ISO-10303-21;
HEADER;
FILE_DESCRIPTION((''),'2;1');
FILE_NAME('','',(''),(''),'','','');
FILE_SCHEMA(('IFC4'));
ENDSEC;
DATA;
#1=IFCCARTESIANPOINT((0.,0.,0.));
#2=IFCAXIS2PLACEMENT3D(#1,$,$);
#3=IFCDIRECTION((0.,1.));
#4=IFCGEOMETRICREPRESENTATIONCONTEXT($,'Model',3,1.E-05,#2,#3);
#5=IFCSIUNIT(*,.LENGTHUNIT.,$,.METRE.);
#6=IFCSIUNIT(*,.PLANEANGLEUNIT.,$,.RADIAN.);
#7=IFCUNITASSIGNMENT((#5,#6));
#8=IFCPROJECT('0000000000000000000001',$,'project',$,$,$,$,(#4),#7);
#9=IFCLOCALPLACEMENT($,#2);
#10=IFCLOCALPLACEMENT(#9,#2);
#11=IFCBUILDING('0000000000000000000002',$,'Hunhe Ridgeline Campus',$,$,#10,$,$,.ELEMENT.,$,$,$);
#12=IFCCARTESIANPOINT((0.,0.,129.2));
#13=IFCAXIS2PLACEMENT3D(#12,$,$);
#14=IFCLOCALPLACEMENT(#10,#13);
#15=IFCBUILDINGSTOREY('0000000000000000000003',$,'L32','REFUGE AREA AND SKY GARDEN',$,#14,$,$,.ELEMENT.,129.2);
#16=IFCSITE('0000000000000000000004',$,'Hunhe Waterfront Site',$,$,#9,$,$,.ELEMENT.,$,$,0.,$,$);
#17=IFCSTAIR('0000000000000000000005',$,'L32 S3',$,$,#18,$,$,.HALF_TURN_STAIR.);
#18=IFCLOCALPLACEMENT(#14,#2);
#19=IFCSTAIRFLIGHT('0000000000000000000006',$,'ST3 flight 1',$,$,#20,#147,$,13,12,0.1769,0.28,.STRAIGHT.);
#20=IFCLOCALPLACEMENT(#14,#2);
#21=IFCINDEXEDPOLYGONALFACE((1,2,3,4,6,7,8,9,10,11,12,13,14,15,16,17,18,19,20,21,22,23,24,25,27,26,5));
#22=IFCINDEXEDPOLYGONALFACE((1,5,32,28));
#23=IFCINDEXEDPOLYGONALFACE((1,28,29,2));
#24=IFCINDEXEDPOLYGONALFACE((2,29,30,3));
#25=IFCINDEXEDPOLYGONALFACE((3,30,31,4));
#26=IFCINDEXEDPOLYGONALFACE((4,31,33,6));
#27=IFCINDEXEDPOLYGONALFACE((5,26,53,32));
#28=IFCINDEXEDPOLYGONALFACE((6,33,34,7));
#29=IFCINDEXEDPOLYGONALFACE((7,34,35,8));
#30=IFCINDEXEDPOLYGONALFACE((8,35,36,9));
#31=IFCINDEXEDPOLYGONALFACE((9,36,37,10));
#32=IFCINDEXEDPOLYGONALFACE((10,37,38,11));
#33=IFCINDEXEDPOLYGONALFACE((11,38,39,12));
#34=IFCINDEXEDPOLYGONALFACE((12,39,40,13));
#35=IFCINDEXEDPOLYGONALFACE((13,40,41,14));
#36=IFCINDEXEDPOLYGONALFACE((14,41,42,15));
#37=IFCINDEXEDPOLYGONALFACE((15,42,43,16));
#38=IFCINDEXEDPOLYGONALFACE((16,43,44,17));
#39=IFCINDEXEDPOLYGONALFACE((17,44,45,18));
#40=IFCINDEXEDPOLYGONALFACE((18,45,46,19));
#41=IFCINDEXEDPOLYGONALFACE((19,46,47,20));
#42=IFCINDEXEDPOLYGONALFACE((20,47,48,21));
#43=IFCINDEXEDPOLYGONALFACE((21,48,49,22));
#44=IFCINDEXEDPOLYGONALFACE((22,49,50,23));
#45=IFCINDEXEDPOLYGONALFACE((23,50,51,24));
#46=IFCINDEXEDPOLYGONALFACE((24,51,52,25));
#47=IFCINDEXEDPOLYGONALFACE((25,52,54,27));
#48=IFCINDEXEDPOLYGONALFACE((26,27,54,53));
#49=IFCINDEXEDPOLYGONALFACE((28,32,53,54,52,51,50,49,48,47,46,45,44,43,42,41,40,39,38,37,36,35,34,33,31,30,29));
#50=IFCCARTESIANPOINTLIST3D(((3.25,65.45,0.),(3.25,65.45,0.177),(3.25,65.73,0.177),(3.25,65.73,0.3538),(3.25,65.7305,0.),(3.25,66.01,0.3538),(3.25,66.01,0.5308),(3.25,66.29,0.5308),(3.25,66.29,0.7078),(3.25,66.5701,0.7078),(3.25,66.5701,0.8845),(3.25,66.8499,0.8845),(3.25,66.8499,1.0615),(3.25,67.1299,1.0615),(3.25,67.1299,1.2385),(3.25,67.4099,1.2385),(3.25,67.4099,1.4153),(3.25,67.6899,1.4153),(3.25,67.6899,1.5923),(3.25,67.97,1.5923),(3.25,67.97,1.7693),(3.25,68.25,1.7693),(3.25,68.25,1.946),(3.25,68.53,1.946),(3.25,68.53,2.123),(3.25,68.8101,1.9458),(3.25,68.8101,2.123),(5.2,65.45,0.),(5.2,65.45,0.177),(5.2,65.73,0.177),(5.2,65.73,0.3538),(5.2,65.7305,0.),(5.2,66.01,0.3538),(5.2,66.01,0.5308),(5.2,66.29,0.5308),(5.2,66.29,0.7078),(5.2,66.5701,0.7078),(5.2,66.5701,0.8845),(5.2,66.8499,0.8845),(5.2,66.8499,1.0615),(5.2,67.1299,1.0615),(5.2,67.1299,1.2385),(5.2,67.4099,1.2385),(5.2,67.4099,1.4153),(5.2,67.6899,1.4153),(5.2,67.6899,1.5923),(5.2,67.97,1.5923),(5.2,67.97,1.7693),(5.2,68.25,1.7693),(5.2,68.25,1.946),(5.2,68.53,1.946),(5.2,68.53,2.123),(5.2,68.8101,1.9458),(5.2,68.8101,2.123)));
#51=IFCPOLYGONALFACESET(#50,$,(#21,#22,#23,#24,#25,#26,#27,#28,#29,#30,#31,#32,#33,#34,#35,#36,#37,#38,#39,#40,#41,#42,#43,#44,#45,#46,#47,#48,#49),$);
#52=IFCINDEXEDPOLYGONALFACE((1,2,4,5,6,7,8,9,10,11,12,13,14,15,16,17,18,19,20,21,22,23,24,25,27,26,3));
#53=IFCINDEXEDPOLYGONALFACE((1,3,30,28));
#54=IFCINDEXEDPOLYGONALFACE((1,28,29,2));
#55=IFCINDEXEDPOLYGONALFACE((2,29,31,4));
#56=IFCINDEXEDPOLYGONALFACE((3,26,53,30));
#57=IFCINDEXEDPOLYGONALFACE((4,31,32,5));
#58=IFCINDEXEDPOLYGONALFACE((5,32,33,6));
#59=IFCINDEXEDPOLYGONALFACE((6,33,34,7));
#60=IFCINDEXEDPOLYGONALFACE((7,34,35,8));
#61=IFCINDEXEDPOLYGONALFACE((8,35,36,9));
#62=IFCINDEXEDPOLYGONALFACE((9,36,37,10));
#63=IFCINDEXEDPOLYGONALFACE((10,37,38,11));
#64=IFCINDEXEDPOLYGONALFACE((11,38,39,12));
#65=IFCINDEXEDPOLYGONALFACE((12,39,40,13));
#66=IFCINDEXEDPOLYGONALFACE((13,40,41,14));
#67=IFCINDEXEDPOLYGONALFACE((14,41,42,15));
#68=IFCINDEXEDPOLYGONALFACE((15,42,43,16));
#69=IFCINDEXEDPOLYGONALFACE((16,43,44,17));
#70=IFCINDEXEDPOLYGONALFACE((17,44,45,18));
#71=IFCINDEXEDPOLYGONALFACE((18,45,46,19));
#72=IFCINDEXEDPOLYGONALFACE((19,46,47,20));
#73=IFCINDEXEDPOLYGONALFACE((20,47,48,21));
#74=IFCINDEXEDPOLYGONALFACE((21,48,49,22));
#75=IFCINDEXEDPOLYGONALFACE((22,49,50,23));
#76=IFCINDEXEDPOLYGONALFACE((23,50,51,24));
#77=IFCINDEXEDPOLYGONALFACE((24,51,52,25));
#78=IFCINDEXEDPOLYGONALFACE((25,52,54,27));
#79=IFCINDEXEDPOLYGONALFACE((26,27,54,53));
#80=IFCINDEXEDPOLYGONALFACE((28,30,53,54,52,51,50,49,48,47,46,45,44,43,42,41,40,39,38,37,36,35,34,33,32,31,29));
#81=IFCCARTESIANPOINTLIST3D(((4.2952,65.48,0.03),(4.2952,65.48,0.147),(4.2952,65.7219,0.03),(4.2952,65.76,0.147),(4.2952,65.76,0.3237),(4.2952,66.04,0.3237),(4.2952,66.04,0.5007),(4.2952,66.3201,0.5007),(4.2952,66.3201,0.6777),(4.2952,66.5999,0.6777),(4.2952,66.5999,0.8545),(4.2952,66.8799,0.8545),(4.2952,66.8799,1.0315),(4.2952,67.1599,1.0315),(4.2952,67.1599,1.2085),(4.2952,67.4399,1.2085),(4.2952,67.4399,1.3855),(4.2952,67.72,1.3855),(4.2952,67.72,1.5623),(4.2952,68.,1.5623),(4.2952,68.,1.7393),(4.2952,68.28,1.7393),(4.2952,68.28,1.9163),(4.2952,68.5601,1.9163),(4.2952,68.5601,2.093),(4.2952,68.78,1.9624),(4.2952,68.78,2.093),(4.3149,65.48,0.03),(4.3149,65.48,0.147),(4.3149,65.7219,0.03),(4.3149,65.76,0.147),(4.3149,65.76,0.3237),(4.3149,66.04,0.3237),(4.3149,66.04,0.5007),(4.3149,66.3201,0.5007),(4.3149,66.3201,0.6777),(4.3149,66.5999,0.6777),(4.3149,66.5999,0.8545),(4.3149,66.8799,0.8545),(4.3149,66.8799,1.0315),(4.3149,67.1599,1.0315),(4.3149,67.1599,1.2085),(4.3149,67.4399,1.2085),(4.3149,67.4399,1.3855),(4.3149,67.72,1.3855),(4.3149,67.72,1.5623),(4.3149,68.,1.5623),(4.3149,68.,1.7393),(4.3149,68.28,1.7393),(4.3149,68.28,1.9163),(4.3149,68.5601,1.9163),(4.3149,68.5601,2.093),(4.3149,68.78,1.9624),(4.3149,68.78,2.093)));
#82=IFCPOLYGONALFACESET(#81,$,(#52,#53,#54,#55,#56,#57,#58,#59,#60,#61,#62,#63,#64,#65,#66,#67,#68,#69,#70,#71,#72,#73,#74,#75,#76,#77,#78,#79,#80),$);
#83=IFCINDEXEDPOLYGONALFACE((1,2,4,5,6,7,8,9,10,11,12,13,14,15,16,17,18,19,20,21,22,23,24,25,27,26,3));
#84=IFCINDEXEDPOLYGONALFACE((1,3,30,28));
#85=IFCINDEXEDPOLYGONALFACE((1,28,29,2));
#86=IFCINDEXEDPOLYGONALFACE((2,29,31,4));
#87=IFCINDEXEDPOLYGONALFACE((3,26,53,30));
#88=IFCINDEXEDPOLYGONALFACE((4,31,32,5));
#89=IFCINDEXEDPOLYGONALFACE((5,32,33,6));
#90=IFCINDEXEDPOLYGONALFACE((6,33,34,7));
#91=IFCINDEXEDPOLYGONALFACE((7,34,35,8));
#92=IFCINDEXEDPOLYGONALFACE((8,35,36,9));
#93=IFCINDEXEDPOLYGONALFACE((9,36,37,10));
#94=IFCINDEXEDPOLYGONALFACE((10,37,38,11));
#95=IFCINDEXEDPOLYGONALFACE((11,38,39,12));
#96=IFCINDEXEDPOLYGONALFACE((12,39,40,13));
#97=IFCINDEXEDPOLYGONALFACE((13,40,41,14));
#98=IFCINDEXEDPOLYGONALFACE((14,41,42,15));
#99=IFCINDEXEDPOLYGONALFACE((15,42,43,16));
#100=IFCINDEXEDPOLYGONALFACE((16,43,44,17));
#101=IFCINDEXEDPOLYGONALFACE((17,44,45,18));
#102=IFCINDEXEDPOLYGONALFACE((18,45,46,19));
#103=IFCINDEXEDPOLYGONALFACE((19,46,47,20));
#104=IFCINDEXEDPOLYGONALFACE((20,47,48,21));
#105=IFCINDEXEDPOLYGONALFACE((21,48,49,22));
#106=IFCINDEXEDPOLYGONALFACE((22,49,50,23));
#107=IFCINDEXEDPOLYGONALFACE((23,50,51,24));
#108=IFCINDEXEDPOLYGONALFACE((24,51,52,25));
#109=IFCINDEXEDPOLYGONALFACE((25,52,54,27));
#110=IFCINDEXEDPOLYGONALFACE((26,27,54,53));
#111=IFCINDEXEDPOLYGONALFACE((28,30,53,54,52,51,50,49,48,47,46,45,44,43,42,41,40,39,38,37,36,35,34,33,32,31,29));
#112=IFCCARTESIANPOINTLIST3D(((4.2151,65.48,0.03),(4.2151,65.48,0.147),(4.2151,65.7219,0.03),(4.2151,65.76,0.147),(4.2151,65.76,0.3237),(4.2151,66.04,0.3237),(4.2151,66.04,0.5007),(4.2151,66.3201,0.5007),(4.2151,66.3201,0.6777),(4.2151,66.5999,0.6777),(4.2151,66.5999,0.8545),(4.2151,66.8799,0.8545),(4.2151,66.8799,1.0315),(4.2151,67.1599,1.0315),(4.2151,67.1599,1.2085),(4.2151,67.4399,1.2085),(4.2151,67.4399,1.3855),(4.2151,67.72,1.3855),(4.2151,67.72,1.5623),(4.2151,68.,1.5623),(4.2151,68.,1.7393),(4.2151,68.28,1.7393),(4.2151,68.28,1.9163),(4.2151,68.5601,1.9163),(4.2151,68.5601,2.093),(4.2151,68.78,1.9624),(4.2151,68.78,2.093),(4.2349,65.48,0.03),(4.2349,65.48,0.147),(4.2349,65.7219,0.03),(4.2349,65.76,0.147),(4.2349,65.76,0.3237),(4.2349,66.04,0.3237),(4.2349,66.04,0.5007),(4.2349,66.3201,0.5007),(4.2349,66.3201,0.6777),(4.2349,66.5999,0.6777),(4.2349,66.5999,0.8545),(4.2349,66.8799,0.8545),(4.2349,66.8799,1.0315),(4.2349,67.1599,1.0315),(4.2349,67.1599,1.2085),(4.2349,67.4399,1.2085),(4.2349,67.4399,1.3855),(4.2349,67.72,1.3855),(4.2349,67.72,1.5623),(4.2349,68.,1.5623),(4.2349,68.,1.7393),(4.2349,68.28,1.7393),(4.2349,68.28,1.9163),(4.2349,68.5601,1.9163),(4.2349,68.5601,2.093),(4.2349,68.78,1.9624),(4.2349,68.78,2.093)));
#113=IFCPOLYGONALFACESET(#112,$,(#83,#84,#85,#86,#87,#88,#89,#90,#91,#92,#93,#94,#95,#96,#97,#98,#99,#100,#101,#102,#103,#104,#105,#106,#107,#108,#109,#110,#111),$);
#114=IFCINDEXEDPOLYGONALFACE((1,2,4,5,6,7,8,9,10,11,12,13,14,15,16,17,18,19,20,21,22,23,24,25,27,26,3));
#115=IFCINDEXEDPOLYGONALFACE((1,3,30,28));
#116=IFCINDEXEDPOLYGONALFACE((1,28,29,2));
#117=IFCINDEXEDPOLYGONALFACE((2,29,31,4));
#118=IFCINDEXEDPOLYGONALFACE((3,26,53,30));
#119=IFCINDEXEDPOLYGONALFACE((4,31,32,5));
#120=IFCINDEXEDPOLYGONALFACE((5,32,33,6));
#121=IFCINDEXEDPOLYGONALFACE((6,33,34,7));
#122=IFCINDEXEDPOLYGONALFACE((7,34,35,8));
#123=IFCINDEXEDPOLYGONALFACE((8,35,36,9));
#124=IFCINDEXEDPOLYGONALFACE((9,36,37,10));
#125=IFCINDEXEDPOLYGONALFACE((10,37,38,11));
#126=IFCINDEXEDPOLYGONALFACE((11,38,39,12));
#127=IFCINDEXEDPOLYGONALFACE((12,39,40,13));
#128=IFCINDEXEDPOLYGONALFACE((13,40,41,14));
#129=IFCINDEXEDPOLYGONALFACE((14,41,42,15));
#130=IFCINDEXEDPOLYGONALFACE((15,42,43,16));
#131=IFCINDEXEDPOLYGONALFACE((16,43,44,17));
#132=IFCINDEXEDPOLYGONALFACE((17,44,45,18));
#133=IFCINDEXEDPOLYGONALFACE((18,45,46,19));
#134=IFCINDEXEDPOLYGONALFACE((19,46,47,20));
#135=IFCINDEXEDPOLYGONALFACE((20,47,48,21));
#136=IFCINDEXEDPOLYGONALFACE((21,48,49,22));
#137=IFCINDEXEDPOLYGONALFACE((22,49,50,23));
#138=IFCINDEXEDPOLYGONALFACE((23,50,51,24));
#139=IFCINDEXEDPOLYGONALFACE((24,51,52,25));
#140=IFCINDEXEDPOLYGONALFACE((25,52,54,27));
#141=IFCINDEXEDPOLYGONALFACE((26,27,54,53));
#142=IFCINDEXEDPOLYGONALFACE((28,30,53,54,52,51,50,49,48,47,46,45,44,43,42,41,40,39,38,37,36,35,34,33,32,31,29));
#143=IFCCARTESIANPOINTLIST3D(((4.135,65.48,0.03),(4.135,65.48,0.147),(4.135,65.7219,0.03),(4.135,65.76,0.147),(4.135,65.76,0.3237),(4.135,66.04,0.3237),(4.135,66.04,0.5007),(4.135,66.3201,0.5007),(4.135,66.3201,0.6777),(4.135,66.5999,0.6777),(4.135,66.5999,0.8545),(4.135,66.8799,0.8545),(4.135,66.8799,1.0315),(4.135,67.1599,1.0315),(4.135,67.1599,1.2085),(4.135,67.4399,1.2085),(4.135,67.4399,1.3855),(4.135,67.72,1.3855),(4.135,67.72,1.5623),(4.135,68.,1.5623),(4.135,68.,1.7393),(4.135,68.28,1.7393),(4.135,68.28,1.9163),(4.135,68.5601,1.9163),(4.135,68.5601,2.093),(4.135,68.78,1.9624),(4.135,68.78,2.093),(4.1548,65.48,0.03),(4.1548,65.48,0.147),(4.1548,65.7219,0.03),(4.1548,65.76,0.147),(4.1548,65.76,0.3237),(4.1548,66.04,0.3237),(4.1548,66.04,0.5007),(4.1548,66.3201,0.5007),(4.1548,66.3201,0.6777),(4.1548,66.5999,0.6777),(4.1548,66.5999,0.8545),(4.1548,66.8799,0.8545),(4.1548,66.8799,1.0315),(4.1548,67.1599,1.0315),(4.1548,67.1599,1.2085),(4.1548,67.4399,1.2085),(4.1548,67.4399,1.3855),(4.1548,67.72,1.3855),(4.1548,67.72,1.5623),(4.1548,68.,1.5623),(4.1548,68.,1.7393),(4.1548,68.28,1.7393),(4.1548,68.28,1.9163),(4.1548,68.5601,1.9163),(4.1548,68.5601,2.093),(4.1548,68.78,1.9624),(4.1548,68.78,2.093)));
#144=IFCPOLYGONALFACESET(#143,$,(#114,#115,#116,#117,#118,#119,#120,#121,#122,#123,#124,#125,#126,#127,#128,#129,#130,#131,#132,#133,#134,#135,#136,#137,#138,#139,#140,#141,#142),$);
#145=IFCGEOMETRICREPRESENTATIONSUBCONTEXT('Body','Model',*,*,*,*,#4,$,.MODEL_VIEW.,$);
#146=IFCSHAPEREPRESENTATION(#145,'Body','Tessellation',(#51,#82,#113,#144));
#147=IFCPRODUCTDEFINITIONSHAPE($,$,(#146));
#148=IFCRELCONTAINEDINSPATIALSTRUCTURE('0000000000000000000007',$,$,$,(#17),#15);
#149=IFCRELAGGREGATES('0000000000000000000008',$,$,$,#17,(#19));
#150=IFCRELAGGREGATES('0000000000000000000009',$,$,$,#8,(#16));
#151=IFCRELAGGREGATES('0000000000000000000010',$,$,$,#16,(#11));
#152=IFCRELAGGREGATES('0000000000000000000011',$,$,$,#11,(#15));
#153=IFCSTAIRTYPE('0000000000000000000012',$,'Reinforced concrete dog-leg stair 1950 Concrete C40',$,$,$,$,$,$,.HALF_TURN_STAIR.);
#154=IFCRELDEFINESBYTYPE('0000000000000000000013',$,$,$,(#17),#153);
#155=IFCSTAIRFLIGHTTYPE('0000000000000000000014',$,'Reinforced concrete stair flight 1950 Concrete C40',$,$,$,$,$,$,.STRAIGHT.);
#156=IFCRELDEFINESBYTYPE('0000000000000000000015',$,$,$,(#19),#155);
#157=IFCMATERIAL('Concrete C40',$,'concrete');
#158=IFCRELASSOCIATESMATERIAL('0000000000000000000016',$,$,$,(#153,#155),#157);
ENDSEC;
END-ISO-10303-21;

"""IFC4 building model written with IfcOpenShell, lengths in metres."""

from ifc_helpers import new_model, si_unit, direction, frame, origin, place, context, subcontext, project, spatial, polyline, outline, extrude, material, type_object, element, aggregate, save


model = new_model("IFC4")

# Units and contexts
model_context = context("Model", 3, precision=1e-05, world=origin(), true_north=direction((0.0, 1.0)))
body_context = subcontext(model_context, "Body", "Model", "MODEL_VIEW")
ifc_project = project(units=[si_unit("LENGTHUNIT", "METRE"), si_unit("PLANEANGLEUNIT", "RADIAN")], contexts=[model_context])

# Site, building, storey
site_placement = place(None, origin())
site = spatial("IfcSite", under=ifc_project, at=site_placement, Name="Hunhe Waterfront Site", CompositionType="ELEMENT", RefElevation=0.0)
building_placement = place(site_placement, origin())
building = spatial("IfcBuilding", under=site, at=building_placement, Name="Hunhe Ridgeline Campus", CompositionType="ELEMENT")
storey_placement = place(building_placement, frame((0.0, 0.0, 129.2)))
storey = spatial("IfcBuildingStorey", under=building, at=storey_placement, Name="L32", Description="REFUGE AREA AND SKY GARDEN", CompositionType="ELEMENT", Elevation=129.2)

# Stair, stair flight
ifc_material_1 = material(Name="Concrete C40", Category="concrete")
stair_type = type_object("IfcStairType", Name="Reinforced concrete dog-leg stair 1950 Concrete C40", PredefinedType="HALF_TURN_STAIR", material=ifc_material_1)
stair_1_placement = place(storey_placement, origin())
stair_1 = element("IfcStair", 1, at=stair_1_placement, inside=storey, type_object=stair_type, Name="L32 S3", PredefinedType="HALF_TURN_STAIR")
stair_flight_type = type_object("IfcStairFlightType", Name="Reinforced concrete stair flight 1950 Concrete C40", PredefinedType="STRAIGHT", material=ifc_material_1)
stair_flight_1_placement = place(storey_placement, frame((4.2251, 65.45, 0.0), z_axis=(0.0, 0.0, 1.0), x_axis=(0.0, 1.0, 0.0)))
stair_flight_1 = element("IfcStairFlight", 2, at=stair_flight_1_placement, type_object=stair_flight_type, Name="ST3 flight 1", NumberOfRisers=13, NumberOfTreads=12, PredefinedType="STRAIGHT", RiserHeight=0.1769, TreadLength=0.28, context=body_context, shape_type="SweptSolid", body=[
    extrude(outline(polyline([(0.0, 0.0), (0.0, 0.177), (0.28, 0.177), (0.28, 0.3538), (0.5601, 0.3538), (0.5601, 0.5308), (0.8401, 0.5308), (0.8401, 0.7078), (1.1201, 0.7078), (1.1201, 0.8845), (1.3999, 0.8845), (1.3999, 1.0615), (1.6799, 1.0615), (1.6799, 1.2385), (1.96, 1.2385), (1.96, 1.4153), (2.24, 1.4153), (2.24, 1.5923), (2.52, 1.5923), (2.52, 1.7693), (2.8, 1.7693), (2.8, 1.946), (3.0801, 1.946), (3.0801, 2.123), (3.3601, 2.123), (3.3601, 2.3), (3.3601, 1.9458), (0.2805, 0.0), (0.0, 0.0)])), frame((0.0, 0.9751, 0.0), z_axis=(0.0, -1.0, 0.0), x_axis=(1.0, 0.0, 0.0)), (0.0, 0.0, 1.0), 1.95),
    extrude(outline(polyline([(0.03, 0.03), (0.03, 0.147), (0.3101, 0.147), (0.3101, 0.3237), (0.5901, 0.3237), (0.5901, 0.5007), (0.8701, 0.5007), (0.8701, 0.6777), (1.1499, 0.6777), (1.1499, 0.8545), (1.4299, 0.8545), (1.4299, 1.0315), (1.71, 1.0315), (1.71, 1.2085), (1.99, 1.2085), (1.99, 1.3855), (2.27, 1.3855), (2.27, 1.5623), (2.55, 1.5623), (2.55, 1.7393), (2.8301, 1.7393), (2.8301, 1.9163), (3.1101, 1.9163), (3.1101, 2.093), (3.3301, 2.093), (3.3301, 1.9624), (0.272, 0.03), (0.03, 0.03)])), frame((0.0, -0.0701, 0.0), z_axis=(0.0, -1.0, 0.0), x_axis=(1.0, 0.0, 0.0)), (0.0, 0.0, 1.0), 0.0198),
    extrude(outline(polyline([(0.03, 0.03), (0.03, 0.147), (0.3101, 0.147), (0.3101, 0.3237), (0.5901, 0.3237), (0.5901, 0.5007), (0.8701, 0.5007), (0.8701, 0.6777), (1.1499, 0.6777), (1.1499, 0.8545), (1.4299, 0.8545), (1.4299, 1.0315), (1.71, 1.0315), (1.71, 1.2085), (1.99, 1.2085), (1.99, 1.3855), (2.27, 1.3855), (2.27, 1.5623), (2.55, 1.5623), (2.55, 1.7393), (2.8301, 1.7393), (2.8301, 1.9163), (3.1101, 1.9163), (3.1101, 2.093), (3.3301, 2.093), (3.3301, 1.9624), (0.272, 0.03), (0.03, 0.03)])), frame((0.0, 0.01, 0.0), z_axis=(0.0, -1.0, 0.0), x_axis=(1.0, 0.0, 0.0)), (0.0, 0.0, 1.0), 0.0198),
    extrude(outline(polyline([(0.03, 0.03), (0.03, 0.147), (0.3101, 0.147), (0.3101, 0.3237), (0.5901, 0.3237), (0.5901, 0.5007), (0.8701, 0.5007), (0.8701, 0.6777), (1.1499, 0.6777), (1.1499, 0.8545), (1.4299, 0.8545), (1.4299, 1.0315), (1.71, 1.0315), (1.71, 1.2085), (1.99, 1.2085), (1.99, 1.3855), (2.27, 1.3855), (2.27, 1.5623), (2.55, 1.5623), (2.55, 1.7393), (2.8301, 1.7393), (2.8301, 1.9163), (3.1101, 1.9163), (3.1101, 2.093), (3.3301, 2.093), (3.3301, 1.9624), (0.272, 0.03), (0.03, 0.03)])), frame((0.0, 0.0901, 0.0), z_axis=(0.0, -1.0, 0.0), x_axis=(1.0, 0.0, 0.0)), (0.0, 0.0, 1.0), 0.0198),
])
aggregate(stair_1, [stair_flight_1])

save(model, "model.ifc")
